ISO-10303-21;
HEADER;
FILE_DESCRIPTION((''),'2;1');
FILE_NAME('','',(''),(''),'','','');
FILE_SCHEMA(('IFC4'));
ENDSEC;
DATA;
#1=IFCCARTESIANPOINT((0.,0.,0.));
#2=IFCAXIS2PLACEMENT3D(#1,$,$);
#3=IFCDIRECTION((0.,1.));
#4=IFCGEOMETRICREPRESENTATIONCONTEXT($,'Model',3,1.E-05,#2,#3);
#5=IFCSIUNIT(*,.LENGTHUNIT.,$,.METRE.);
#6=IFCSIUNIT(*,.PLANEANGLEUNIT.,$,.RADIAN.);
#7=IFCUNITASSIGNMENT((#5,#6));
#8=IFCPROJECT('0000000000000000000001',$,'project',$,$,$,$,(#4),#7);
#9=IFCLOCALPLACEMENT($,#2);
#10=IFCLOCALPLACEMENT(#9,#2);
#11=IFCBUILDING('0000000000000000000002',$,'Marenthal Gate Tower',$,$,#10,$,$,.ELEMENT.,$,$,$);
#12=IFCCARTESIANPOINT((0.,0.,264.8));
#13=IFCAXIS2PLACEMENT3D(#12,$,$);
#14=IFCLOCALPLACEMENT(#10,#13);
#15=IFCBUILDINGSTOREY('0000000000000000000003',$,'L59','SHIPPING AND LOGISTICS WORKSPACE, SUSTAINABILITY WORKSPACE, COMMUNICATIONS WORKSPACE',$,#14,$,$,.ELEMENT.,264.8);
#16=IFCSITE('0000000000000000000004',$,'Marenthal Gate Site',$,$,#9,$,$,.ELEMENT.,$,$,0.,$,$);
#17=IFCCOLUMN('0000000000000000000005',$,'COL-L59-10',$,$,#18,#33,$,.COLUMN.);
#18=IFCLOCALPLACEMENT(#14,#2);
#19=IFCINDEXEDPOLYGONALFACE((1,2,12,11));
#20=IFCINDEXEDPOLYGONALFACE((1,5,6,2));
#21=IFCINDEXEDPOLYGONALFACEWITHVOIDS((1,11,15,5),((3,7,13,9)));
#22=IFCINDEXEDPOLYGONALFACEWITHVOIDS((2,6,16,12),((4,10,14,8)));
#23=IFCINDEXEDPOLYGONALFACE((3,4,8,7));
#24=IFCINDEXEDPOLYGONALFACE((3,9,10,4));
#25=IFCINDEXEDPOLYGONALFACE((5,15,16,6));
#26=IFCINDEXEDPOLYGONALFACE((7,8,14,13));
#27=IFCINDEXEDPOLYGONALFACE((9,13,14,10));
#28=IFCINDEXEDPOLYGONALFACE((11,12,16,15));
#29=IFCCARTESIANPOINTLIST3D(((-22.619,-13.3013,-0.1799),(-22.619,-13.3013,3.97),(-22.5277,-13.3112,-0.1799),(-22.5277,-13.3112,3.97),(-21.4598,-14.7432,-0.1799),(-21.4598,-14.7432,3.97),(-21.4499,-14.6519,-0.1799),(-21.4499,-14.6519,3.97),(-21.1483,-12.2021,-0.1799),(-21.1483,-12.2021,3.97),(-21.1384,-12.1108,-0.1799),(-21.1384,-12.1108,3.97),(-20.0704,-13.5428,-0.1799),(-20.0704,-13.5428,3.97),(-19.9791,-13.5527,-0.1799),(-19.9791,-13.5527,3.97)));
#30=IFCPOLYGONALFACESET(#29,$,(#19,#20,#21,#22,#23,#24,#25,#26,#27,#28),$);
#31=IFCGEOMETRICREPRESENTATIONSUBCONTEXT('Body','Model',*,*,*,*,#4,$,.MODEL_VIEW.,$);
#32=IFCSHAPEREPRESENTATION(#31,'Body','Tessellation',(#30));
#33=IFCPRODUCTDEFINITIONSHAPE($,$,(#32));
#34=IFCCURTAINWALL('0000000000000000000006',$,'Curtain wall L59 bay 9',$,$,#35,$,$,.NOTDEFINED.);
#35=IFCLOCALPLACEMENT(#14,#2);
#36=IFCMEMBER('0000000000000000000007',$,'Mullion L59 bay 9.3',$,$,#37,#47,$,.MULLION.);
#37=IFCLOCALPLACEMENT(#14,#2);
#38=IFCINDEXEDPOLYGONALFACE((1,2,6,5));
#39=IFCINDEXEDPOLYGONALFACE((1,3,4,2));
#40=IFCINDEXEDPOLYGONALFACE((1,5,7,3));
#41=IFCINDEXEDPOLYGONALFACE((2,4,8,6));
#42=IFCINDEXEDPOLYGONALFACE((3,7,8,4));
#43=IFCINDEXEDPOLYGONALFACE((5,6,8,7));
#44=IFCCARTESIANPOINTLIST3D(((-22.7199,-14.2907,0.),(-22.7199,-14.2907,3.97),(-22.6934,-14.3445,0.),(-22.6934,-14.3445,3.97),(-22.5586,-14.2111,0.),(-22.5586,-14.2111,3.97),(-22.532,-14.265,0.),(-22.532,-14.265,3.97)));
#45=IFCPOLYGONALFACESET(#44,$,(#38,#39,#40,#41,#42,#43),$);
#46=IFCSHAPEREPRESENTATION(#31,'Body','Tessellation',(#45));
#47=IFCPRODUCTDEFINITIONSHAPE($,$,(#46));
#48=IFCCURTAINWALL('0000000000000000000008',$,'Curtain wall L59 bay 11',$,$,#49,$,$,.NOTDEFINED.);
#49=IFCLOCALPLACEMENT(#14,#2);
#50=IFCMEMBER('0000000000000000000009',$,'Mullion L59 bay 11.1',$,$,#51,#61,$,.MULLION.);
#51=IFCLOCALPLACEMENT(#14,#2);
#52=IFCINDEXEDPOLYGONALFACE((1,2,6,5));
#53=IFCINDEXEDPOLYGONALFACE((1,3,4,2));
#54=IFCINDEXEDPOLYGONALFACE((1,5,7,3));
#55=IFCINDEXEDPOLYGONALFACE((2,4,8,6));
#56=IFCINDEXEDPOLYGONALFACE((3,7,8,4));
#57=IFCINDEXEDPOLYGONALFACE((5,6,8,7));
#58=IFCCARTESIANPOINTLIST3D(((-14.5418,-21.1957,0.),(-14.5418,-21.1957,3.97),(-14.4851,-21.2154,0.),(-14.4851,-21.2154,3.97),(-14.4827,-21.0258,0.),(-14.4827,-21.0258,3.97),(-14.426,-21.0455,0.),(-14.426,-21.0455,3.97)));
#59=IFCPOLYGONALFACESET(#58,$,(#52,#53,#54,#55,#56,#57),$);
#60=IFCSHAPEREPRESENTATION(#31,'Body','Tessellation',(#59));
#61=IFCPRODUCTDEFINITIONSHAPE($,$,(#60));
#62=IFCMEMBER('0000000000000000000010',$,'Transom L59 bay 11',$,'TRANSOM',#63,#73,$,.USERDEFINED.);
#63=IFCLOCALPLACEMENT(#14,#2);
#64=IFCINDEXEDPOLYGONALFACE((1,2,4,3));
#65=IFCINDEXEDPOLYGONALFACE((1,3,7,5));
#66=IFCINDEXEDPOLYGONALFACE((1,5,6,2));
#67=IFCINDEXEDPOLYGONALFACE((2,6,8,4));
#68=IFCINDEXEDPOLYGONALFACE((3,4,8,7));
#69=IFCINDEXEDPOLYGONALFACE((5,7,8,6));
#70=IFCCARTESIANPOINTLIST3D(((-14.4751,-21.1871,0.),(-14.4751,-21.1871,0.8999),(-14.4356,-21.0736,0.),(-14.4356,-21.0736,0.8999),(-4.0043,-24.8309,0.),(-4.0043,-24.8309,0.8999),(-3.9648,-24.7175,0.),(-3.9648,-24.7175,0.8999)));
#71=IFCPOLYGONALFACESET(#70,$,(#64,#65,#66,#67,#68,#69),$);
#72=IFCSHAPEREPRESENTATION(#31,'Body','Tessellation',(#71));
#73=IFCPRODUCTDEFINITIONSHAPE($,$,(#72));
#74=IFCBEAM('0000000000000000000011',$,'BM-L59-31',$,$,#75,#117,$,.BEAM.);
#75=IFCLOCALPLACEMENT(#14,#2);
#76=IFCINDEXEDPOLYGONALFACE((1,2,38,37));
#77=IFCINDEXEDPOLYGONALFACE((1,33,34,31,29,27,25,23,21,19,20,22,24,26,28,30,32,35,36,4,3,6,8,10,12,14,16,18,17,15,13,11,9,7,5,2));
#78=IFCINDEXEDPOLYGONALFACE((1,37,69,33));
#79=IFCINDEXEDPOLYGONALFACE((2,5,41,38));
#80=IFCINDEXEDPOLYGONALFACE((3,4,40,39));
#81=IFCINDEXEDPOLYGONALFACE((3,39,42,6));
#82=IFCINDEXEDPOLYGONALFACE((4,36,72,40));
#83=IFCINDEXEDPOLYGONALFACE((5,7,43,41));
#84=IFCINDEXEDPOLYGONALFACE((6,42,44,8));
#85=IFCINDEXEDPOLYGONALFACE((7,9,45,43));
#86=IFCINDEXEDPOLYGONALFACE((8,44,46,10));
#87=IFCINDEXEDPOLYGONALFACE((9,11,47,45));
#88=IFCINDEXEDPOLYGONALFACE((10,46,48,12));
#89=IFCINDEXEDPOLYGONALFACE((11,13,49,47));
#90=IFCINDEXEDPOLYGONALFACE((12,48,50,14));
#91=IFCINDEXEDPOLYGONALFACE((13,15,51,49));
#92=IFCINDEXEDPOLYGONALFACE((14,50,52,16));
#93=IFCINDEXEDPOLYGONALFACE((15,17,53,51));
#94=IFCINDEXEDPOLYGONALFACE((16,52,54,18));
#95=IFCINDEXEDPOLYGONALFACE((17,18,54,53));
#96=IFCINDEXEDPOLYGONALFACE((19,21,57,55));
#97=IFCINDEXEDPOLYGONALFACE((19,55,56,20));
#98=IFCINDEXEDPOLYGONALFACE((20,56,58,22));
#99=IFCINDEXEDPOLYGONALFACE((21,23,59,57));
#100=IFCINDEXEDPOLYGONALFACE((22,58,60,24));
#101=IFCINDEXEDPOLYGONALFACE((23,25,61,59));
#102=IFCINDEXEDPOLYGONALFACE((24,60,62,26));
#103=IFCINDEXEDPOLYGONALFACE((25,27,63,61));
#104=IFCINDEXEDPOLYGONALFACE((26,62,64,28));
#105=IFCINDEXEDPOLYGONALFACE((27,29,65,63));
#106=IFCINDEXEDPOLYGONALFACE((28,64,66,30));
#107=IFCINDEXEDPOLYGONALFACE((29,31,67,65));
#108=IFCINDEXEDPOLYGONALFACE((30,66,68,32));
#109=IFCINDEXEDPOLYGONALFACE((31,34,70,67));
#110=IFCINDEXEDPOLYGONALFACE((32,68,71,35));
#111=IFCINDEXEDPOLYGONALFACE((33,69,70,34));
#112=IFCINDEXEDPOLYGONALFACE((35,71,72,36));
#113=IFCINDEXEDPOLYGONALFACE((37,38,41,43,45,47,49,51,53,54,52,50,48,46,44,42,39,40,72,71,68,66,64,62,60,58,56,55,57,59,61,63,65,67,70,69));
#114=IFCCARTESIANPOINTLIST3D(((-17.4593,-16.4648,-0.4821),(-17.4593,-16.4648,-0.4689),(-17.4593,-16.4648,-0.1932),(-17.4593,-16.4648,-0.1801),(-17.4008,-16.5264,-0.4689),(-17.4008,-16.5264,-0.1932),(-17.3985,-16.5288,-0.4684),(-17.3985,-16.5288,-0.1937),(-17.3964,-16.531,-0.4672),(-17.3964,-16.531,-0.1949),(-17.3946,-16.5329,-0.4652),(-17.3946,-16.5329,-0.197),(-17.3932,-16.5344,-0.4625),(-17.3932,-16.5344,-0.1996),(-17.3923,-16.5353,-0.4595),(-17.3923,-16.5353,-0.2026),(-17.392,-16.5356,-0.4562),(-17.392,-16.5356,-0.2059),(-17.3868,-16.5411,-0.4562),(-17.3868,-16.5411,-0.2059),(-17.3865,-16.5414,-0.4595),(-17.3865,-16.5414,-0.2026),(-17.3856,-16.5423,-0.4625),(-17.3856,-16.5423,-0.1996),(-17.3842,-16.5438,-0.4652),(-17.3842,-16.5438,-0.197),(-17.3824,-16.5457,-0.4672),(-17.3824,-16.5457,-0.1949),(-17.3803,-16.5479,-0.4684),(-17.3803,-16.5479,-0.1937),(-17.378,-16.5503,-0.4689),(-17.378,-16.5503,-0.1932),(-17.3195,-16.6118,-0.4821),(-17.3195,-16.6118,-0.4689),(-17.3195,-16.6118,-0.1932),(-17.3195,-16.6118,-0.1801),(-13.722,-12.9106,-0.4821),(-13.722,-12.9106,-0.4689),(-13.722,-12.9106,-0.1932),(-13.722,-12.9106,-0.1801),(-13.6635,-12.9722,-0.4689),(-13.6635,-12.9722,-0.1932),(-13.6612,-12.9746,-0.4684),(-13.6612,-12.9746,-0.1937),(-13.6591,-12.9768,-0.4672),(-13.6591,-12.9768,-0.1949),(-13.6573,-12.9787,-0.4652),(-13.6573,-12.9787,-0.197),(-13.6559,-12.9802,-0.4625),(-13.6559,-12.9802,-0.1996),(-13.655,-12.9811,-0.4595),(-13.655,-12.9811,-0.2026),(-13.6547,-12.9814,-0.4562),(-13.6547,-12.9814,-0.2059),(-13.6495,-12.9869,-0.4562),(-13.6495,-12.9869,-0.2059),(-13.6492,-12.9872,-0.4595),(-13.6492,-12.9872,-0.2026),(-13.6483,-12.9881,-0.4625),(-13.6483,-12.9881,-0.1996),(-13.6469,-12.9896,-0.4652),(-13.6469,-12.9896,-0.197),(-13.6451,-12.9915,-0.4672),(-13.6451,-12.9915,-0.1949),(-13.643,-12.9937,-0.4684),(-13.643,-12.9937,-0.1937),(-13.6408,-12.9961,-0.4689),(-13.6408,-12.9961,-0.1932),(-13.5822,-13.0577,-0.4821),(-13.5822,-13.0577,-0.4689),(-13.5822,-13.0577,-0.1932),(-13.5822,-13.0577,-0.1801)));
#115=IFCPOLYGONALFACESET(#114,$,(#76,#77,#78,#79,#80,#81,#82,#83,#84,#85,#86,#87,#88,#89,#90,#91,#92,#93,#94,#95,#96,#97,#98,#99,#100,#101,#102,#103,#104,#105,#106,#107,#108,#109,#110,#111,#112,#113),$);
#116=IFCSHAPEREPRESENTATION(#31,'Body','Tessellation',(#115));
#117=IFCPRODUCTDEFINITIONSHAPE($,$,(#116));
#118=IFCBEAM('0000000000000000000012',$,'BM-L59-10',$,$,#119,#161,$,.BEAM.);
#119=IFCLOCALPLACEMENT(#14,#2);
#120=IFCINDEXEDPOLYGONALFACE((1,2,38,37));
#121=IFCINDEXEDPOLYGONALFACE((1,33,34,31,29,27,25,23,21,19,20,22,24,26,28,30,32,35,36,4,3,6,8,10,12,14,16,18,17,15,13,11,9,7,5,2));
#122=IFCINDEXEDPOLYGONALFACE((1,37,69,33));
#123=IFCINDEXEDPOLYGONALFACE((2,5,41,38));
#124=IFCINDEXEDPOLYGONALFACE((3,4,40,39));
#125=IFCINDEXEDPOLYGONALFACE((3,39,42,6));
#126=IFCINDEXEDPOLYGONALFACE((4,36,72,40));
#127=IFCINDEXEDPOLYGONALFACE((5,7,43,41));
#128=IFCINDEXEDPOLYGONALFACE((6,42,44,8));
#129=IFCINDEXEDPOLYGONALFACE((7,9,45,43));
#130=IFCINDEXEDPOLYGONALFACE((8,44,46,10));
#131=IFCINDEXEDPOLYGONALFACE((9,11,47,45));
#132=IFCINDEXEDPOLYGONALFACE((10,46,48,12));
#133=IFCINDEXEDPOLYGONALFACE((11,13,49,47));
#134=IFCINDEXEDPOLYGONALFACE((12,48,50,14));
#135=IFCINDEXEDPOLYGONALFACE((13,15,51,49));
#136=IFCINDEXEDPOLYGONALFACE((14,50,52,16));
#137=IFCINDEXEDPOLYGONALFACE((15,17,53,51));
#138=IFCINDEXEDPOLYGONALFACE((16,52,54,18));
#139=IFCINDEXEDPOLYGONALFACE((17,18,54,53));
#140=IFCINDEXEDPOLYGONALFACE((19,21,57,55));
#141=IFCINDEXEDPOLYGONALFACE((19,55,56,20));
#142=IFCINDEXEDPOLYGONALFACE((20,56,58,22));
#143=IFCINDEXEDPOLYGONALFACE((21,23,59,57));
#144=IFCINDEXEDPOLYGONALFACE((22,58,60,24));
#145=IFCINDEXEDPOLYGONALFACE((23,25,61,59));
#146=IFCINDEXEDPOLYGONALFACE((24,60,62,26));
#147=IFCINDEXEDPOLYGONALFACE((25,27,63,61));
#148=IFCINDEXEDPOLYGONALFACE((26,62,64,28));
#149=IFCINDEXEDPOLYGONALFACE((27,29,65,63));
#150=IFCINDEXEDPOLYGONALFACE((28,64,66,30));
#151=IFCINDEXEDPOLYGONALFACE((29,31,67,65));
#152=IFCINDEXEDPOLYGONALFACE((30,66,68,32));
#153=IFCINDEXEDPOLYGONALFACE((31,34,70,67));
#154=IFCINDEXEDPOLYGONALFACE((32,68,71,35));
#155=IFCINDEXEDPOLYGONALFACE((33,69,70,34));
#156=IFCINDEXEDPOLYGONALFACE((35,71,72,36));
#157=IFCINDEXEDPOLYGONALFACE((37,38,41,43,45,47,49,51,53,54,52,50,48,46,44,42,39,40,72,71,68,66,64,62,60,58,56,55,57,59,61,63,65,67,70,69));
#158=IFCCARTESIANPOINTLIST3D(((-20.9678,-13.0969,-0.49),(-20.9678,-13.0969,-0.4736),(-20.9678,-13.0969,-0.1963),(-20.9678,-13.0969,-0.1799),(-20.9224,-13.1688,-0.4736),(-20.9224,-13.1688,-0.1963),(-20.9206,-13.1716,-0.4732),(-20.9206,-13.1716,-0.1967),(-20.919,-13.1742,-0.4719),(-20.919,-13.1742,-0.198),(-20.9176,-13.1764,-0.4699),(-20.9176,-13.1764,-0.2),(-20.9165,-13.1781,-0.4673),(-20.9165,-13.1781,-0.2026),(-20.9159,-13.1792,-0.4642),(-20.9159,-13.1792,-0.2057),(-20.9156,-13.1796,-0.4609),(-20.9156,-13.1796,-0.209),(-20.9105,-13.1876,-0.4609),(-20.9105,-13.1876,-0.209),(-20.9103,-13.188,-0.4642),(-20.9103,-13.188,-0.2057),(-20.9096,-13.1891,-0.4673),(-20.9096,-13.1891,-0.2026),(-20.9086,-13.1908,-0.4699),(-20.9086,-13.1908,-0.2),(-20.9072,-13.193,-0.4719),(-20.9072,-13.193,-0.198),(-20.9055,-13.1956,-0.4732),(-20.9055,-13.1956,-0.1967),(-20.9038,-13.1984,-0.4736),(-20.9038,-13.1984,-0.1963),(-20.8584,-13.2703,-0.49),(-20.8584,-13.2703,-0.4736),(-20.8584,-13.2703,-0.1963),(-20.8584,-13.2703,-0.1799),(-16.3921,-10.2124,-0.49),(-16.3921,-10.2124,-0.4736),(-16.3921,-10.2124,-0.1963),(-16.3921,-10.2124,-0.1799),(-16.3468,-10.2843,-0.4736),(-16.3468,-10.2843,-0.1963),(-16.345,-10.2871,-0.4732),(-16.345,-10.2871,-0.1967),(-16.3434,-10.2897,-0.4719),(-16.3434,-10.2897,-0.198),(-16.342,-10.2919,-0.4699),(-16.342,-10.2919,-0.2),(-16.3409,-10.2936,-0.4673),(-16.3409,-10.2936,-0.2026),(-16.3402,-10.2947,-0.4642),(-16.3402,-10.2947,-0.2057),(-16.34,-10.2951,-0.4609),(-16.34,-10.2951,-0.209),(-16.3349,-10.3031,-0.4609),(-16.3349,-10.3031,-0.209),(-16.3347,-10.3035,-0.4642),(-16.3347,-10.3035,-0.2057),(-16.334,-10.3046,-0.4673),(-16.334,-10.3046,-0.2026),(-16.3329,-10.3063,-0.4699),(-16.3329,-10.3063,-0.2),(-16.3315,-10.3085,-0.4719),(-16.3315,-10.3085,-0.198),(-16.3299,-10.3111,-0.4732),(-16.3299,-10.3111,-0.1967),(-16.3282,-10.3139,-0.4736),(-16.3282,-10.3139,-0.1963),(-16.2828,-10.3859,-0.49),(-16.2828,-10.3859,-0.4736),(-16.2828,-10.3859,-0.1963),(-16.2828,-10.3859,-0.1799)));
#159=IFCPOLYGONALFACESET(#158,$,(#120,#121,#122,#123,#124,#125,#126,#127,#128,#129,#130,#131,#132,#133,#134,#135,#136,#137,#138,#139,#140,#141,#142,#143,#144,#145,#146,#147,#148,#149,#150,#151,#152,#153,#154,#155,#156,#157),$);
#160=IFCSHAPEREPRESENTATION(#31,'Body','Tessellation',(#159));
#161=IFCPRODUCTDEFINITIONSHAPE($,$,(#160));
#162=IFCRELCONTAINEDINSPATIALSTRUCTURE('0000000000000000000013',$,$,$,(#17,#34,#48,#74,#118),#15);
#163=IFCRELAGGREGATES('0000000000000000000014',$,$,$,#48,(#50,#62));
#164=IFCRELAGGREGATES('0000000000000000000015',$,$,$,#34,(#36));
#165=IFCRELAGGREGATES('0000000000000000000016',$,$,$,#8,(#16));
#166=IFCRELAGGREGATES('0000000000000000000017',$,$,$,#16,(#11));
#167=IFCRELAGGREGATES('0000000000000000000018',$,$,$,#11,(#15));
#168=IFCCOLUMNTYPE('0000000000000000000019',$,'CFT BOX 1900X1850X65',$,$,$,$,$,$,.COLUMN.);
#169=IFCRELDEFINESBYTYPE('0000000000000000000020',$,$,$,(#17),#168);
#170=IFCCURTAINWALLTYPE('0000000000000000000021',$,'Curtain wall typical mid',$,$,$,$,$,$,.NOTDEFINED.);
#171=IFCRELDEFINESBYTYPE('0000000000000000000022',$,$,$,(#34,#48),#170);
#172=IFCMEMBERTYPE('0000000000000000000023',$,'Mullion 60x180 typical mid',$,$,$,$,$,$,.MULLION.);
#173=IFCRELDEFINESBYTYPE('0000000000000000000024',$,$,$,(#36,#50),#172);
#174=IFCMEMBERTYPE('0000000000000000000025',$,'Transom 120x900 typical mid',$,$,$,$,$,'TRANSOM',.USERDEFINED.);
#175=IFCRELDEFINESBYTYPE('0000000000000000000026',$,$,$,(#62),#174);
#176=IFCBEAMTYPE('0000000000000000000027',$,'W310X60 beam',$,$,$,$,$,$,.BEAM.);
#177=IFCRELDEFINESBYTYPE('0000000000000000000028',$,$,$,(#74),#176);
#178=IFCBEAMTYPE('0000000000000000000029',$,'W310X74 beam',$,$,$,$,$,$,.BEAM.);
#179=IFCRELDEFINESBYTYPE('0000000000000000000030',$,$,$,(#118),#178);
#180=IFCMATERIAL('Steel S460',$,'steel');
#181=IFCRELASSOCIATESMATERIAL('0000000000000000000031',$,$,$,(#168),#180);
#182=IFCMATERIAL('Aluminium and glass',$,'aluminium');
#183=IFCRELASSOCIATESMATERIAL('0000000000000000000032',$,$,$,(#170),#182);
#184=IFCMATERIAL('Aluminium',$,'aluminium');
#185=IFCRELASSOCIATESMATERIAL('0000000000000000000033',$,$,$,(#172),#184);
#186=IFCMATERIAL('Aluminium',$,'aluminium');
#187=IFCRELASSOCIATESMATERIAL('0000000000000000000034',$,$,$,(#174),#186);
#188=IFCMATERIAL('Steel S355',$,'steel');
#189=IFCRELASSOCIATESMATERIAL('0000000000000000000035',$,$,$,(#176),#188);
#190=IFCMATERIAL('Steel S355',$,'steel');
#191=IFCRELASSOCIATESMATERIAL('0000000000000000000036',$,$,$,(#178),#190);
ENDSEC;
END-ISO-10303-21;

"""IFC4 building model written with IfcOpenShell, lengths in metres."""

from ifc_helpers import new_model, si_unit, direction, frame, origin, origin_2d, place, context, subcontext, project, spatial, rectangle, hollow_rectangle, i_section, extrude, material, material_profile, profile_set, type_object, element, aggregate, save


model = new_model("IFC4")

# Units and contexts
model_context = context("Model", 3, precision=1e-05, world=origin(), true_north=direction((0.0, 1.0)))
body_context = subcontext(model_context, "Body", "Model", "MODEL_VIEW")
ifc_project = project(units=[si_unit("LENGTHUNIT", "METRE"), si_unit("PLANEANGLEUNIT", "RADIAN")], contexts=[model_context])

# Site, building, storey
site_placement = place(None, origin())
site = spatial("IfcSite", under=ifc_project, at=site_placement, Name="Marenthal Gate Site", CompositionType="ELEMENT", RefElevation=0.0)
building_placement = place(site_placement, origin())
building = spatial("IfcBuilding", under=site, at=building_placement, Name="Marenthal Gate Tower", CompositionType="ELEMENT")
storey_placement = place(building_placement, frame((0.0, 0.0, 264.8)))
storey = spatial("IfcBuildingStorey", under=building, at=storey_placement, Name="L59", Description="SHIPPING AND LOGISTICS WORKSPACE, SUSTAINABILITY WORKSPACE, COMMUNICATIONS WORKSPACE", CompositionType="ELEMENT", Elevation=264.8)

# Column
ifc_material_1 = material(Name="Steel S460", Category="steel")
ifc_material_profile_1 = material_profile(ifc_material_1, hollow_rectangle(XDim=1.8501, YDim=1.8999, WallThickness=0.0649, at=origin_2d()), Name="CFT BOX 1900X1850X65")
ifc_material_2 = material(Name="Concrete 70 MPa", Category="concrete")
ifc_material_profile_2 = material_profile(ifc_material_2, rectangle(XDim=1.72, YDim=1.77, at=origin_2d()), Name="CFT BOX 1900X1850X65 INFILL")
ifc_profile_set_1 = profile_set([ifc_material_profile_1, ifc_material_profile_2], Name="Steel S460 shell, Concrete 70 MPa infill")
column_type = type_object("IfcColumnType", Name="CFT BOX 1900X1850X65", PredefinedType="COLUMN", material=ifc_profile_set_1)
column_placement = place(storey_placement, frame((-21.2991, -13.427, -0.1799), z_axis=(0.0, 0.0, 1.0), x_axis=(-0.626593, 0.779347, 0.0)))
element("IfcColumn", 1, at=column_placement, inside=storey, type_object=column_type, Name="COL-L59-10", PredefinedType="COLUMN", context=body_context, shape_type="SweptSolid", body=[
    extrude(hollow_rectangle(XDim=1.8501, YDim=1.8999, WallThickness=0.0649, at=origin_2d()), origin(), (0.0, 0.0, 1.0), 4.1499),
])

# Curtain wall, member
ifc_material_3 = material(Name="Aluminium and glass", Category="aluminium")
curtain_wall_type = type_object("IfcCurtainWallType", Name="Curtain wall typical mid", PredefinedType="NOTDEFINED", material=ifc_material_3)
curtain_wall_1_placement = place(storey_placement, origin())
curtain_wall_1 = element("IfcCurtainWall", 2, at=curtain_wall_1_placement, inside=storey, type_object=curtain_wall_type, Name="Curtain wall L59 bay 9", PredefinedType="NOTDEFINED")
ifc_material_4 = material(Name="Aluminium", Category="aluminium")
ifc_material_profile_3 = material_profile(ifc_material_4, rectangle(XDim=0.1799, YDim=0.0601, at=origin_2d()), Name="60x180 aluminium mullion")
ifc_profile_set_2 = profile_set([ifc_material_profile_3], Name="Aluminium")
member_type_1 = type_object("IfcMemberType", Name="Mullion 60x180 typical mid", PredefinedType="MULLION", material=ifc_profile_set_2)
member_1_placement = place(storey_placement, frame((-22.626, -14.2778, 0.0), z_axis=(0.0, 0.0, 1.0), x_axis=(0.896921, 0.442192, 0.0)))
member_1 = element("IfcMember", 3, at=member_1_placement, type_object=member_type_1, Name="Mullion L59 bay 9.3", PredefinedType="MULLION", context=body_context, shape_type="SweptSolid", body=[
    extrude(rectangle(XDim=0.1799, YDim=0.0601, at=origin_2d()), origin(), (0.0, 0.0, 1.0), 3.97),
])

# Curtain wall, members
curtain_wall_2_placement = place(storey_placement, origin())
curtain_wall_2 = element("IfcCurtainWall", 4, at=curtain_wall_2_placement, inside=storey, type_object=curtain_wall_type, Name="Curtain wall L59 bay 11", PredefinedType="NOTDEFINED")
member_2_placement = place(storey_placement, frame((-14.4839, -21.1206, 0.0), z_axis=(0.0, 0.0, 1.0), x_axis=(0.32867, 0.944445, 0.0)))
member_2 = element("IfcMember", 5, at=member_2_placement, type_object=member_type_1, Name="Mullion L59 bay 11.1", PredefinedType="MULLION", context=body_context, shape_type="SweptSolid", body=[
    extrude(rectangle(XDim=0.1799, YDim=0.0601, at=origin_2d()), origin(), (0.0, 0.0, 1.0), 3.97),
])
ifc_material_5 = material(Name="Aluminium", Category="aluminium")
ifc_material_profile_4 = material_profile(ifc_material_5, rectangle(XDim=0.1201, YDim=0.8999, at=origin_2d()), Name="120x900 aluminium transom")
ifc_profile_set_3 = profile_set([ifc_material_profile_4], Name="Aluminium")
member_type_2 = type_object("IfcMemberType", Name="Transom 120x900 typical mid", ElementType="TRANSOM", PredefinedType="USERDEFINED", material=ifc_profile_set_3)
member_3_placement = place(storey_placement, frame((-14.4553, -21.1304, 0.45), z_axis=(0.944446, -0.328667, 0.0), x_axis=(0.328667, 0.944446, 0.0)))
member_3 = element("IfcMember", 6, at=member_3_placement, type_object=member_type_2, Name="Transom L59 bay 11", ObjectType="TRANSOM", PredefinedType="USERDEFINED", context=body_context, shape_type="SweptSolid", body=[
    extrude(rectangle(XDim=0.1201, YDim=0.8999, at=origin_2d()), origin(), (0.0, 0.0, 1.0), 11.0867),
])
aggregate(curtain_wall_2, [member_2, member_3])

# Beams
ifc_material_6 = material(Name="Steel S355", Category="steel")
ifc_material_profile_5 = material_profile(ifc_material_6, i_section(OverallWidth=0.2029, OverallDepth=0.302, WebThickness=0.0076, FlangeThickness=0.0132, FilletRadius=0.0127, at=origin_2d()), Name="W310X60")
ifc_profile_set_4 = profile_set([ifc_material_profile_5], Name="Steel S355")
beam_type_1 = type_object("IfcBeamType", Name="W310X60 beam", PredefinedType="BEAM", material=ifc_profile_set_4)
beam_1_placement = place(storey_placement, frame((-17.3894, -16.5383, -0.3311), z_axis=(0.724635, 0.689133, 0.0), x_axis=(-0.689133, 0.724635, 0.0)))
element("IfcBeam", 7, at=beam_1_placement, inside=storey, type_object=beam_type_1, Name="BM-L59-31", PredefinedType="BEAM", context=body_context, shape_type="SweptSolid", body=[
    extrude(i_section(OverallWidth=0.2029, OverallDepth=0.302, WebThickness=0.0076, FlangeThickness=0.0132, FilletRadius=0.0127, at=origin_2d()), origin(), (0.0, 0.0, 1.0), 5.1575),
])
ifc_material_7 = material(Name="Steel S355", Category="steel")
ifc_material_profile_6 = material_profile(ifc_material_7, i_section(OverallWidth=0.2051, OverallDepth=0.3101, WebThickness=0.0095, FlangeThickness=0.0164, FilletRadius=0.0127, at=origin_2d()), Name="W310X74")
ifc_profile_set_5 = profile_set([ifc_material_profile_6], Name="Steel S355")
beam_type_2 = type_object("IfcBeamType", Name="W310X74 beam", PredefinedType="BEAM", material=ifc_profile_set_5)
beam_2_placement = place(storey_placement, frame((-20.9131, -13.1836, -0.335), z_axis=(0.845938, 0.533281, 0.0), x_axis=(-0.533281, 0.845938, 0.0)))
element("IfcBeam", 8, at=beam_2_placement, inside=storey, type_object=beam_type_2, Name="BM-L59-10", PredefinedType="BEAM", context=body_context, shape_type="SweptSolid", body=[
    extrude(i_section(OverallWidth=0.2051, OverallDepth=0.3101, WebThickness=0.0095, FlangeThickness=0.0164, FilletRadius=0.0127, at=origin_2d()), origin(), (0.0, 0.0, 1.0), 5.4089),
])

aggregate(curtain_wall_1, [member_1])

save(model, "model.ifc")
